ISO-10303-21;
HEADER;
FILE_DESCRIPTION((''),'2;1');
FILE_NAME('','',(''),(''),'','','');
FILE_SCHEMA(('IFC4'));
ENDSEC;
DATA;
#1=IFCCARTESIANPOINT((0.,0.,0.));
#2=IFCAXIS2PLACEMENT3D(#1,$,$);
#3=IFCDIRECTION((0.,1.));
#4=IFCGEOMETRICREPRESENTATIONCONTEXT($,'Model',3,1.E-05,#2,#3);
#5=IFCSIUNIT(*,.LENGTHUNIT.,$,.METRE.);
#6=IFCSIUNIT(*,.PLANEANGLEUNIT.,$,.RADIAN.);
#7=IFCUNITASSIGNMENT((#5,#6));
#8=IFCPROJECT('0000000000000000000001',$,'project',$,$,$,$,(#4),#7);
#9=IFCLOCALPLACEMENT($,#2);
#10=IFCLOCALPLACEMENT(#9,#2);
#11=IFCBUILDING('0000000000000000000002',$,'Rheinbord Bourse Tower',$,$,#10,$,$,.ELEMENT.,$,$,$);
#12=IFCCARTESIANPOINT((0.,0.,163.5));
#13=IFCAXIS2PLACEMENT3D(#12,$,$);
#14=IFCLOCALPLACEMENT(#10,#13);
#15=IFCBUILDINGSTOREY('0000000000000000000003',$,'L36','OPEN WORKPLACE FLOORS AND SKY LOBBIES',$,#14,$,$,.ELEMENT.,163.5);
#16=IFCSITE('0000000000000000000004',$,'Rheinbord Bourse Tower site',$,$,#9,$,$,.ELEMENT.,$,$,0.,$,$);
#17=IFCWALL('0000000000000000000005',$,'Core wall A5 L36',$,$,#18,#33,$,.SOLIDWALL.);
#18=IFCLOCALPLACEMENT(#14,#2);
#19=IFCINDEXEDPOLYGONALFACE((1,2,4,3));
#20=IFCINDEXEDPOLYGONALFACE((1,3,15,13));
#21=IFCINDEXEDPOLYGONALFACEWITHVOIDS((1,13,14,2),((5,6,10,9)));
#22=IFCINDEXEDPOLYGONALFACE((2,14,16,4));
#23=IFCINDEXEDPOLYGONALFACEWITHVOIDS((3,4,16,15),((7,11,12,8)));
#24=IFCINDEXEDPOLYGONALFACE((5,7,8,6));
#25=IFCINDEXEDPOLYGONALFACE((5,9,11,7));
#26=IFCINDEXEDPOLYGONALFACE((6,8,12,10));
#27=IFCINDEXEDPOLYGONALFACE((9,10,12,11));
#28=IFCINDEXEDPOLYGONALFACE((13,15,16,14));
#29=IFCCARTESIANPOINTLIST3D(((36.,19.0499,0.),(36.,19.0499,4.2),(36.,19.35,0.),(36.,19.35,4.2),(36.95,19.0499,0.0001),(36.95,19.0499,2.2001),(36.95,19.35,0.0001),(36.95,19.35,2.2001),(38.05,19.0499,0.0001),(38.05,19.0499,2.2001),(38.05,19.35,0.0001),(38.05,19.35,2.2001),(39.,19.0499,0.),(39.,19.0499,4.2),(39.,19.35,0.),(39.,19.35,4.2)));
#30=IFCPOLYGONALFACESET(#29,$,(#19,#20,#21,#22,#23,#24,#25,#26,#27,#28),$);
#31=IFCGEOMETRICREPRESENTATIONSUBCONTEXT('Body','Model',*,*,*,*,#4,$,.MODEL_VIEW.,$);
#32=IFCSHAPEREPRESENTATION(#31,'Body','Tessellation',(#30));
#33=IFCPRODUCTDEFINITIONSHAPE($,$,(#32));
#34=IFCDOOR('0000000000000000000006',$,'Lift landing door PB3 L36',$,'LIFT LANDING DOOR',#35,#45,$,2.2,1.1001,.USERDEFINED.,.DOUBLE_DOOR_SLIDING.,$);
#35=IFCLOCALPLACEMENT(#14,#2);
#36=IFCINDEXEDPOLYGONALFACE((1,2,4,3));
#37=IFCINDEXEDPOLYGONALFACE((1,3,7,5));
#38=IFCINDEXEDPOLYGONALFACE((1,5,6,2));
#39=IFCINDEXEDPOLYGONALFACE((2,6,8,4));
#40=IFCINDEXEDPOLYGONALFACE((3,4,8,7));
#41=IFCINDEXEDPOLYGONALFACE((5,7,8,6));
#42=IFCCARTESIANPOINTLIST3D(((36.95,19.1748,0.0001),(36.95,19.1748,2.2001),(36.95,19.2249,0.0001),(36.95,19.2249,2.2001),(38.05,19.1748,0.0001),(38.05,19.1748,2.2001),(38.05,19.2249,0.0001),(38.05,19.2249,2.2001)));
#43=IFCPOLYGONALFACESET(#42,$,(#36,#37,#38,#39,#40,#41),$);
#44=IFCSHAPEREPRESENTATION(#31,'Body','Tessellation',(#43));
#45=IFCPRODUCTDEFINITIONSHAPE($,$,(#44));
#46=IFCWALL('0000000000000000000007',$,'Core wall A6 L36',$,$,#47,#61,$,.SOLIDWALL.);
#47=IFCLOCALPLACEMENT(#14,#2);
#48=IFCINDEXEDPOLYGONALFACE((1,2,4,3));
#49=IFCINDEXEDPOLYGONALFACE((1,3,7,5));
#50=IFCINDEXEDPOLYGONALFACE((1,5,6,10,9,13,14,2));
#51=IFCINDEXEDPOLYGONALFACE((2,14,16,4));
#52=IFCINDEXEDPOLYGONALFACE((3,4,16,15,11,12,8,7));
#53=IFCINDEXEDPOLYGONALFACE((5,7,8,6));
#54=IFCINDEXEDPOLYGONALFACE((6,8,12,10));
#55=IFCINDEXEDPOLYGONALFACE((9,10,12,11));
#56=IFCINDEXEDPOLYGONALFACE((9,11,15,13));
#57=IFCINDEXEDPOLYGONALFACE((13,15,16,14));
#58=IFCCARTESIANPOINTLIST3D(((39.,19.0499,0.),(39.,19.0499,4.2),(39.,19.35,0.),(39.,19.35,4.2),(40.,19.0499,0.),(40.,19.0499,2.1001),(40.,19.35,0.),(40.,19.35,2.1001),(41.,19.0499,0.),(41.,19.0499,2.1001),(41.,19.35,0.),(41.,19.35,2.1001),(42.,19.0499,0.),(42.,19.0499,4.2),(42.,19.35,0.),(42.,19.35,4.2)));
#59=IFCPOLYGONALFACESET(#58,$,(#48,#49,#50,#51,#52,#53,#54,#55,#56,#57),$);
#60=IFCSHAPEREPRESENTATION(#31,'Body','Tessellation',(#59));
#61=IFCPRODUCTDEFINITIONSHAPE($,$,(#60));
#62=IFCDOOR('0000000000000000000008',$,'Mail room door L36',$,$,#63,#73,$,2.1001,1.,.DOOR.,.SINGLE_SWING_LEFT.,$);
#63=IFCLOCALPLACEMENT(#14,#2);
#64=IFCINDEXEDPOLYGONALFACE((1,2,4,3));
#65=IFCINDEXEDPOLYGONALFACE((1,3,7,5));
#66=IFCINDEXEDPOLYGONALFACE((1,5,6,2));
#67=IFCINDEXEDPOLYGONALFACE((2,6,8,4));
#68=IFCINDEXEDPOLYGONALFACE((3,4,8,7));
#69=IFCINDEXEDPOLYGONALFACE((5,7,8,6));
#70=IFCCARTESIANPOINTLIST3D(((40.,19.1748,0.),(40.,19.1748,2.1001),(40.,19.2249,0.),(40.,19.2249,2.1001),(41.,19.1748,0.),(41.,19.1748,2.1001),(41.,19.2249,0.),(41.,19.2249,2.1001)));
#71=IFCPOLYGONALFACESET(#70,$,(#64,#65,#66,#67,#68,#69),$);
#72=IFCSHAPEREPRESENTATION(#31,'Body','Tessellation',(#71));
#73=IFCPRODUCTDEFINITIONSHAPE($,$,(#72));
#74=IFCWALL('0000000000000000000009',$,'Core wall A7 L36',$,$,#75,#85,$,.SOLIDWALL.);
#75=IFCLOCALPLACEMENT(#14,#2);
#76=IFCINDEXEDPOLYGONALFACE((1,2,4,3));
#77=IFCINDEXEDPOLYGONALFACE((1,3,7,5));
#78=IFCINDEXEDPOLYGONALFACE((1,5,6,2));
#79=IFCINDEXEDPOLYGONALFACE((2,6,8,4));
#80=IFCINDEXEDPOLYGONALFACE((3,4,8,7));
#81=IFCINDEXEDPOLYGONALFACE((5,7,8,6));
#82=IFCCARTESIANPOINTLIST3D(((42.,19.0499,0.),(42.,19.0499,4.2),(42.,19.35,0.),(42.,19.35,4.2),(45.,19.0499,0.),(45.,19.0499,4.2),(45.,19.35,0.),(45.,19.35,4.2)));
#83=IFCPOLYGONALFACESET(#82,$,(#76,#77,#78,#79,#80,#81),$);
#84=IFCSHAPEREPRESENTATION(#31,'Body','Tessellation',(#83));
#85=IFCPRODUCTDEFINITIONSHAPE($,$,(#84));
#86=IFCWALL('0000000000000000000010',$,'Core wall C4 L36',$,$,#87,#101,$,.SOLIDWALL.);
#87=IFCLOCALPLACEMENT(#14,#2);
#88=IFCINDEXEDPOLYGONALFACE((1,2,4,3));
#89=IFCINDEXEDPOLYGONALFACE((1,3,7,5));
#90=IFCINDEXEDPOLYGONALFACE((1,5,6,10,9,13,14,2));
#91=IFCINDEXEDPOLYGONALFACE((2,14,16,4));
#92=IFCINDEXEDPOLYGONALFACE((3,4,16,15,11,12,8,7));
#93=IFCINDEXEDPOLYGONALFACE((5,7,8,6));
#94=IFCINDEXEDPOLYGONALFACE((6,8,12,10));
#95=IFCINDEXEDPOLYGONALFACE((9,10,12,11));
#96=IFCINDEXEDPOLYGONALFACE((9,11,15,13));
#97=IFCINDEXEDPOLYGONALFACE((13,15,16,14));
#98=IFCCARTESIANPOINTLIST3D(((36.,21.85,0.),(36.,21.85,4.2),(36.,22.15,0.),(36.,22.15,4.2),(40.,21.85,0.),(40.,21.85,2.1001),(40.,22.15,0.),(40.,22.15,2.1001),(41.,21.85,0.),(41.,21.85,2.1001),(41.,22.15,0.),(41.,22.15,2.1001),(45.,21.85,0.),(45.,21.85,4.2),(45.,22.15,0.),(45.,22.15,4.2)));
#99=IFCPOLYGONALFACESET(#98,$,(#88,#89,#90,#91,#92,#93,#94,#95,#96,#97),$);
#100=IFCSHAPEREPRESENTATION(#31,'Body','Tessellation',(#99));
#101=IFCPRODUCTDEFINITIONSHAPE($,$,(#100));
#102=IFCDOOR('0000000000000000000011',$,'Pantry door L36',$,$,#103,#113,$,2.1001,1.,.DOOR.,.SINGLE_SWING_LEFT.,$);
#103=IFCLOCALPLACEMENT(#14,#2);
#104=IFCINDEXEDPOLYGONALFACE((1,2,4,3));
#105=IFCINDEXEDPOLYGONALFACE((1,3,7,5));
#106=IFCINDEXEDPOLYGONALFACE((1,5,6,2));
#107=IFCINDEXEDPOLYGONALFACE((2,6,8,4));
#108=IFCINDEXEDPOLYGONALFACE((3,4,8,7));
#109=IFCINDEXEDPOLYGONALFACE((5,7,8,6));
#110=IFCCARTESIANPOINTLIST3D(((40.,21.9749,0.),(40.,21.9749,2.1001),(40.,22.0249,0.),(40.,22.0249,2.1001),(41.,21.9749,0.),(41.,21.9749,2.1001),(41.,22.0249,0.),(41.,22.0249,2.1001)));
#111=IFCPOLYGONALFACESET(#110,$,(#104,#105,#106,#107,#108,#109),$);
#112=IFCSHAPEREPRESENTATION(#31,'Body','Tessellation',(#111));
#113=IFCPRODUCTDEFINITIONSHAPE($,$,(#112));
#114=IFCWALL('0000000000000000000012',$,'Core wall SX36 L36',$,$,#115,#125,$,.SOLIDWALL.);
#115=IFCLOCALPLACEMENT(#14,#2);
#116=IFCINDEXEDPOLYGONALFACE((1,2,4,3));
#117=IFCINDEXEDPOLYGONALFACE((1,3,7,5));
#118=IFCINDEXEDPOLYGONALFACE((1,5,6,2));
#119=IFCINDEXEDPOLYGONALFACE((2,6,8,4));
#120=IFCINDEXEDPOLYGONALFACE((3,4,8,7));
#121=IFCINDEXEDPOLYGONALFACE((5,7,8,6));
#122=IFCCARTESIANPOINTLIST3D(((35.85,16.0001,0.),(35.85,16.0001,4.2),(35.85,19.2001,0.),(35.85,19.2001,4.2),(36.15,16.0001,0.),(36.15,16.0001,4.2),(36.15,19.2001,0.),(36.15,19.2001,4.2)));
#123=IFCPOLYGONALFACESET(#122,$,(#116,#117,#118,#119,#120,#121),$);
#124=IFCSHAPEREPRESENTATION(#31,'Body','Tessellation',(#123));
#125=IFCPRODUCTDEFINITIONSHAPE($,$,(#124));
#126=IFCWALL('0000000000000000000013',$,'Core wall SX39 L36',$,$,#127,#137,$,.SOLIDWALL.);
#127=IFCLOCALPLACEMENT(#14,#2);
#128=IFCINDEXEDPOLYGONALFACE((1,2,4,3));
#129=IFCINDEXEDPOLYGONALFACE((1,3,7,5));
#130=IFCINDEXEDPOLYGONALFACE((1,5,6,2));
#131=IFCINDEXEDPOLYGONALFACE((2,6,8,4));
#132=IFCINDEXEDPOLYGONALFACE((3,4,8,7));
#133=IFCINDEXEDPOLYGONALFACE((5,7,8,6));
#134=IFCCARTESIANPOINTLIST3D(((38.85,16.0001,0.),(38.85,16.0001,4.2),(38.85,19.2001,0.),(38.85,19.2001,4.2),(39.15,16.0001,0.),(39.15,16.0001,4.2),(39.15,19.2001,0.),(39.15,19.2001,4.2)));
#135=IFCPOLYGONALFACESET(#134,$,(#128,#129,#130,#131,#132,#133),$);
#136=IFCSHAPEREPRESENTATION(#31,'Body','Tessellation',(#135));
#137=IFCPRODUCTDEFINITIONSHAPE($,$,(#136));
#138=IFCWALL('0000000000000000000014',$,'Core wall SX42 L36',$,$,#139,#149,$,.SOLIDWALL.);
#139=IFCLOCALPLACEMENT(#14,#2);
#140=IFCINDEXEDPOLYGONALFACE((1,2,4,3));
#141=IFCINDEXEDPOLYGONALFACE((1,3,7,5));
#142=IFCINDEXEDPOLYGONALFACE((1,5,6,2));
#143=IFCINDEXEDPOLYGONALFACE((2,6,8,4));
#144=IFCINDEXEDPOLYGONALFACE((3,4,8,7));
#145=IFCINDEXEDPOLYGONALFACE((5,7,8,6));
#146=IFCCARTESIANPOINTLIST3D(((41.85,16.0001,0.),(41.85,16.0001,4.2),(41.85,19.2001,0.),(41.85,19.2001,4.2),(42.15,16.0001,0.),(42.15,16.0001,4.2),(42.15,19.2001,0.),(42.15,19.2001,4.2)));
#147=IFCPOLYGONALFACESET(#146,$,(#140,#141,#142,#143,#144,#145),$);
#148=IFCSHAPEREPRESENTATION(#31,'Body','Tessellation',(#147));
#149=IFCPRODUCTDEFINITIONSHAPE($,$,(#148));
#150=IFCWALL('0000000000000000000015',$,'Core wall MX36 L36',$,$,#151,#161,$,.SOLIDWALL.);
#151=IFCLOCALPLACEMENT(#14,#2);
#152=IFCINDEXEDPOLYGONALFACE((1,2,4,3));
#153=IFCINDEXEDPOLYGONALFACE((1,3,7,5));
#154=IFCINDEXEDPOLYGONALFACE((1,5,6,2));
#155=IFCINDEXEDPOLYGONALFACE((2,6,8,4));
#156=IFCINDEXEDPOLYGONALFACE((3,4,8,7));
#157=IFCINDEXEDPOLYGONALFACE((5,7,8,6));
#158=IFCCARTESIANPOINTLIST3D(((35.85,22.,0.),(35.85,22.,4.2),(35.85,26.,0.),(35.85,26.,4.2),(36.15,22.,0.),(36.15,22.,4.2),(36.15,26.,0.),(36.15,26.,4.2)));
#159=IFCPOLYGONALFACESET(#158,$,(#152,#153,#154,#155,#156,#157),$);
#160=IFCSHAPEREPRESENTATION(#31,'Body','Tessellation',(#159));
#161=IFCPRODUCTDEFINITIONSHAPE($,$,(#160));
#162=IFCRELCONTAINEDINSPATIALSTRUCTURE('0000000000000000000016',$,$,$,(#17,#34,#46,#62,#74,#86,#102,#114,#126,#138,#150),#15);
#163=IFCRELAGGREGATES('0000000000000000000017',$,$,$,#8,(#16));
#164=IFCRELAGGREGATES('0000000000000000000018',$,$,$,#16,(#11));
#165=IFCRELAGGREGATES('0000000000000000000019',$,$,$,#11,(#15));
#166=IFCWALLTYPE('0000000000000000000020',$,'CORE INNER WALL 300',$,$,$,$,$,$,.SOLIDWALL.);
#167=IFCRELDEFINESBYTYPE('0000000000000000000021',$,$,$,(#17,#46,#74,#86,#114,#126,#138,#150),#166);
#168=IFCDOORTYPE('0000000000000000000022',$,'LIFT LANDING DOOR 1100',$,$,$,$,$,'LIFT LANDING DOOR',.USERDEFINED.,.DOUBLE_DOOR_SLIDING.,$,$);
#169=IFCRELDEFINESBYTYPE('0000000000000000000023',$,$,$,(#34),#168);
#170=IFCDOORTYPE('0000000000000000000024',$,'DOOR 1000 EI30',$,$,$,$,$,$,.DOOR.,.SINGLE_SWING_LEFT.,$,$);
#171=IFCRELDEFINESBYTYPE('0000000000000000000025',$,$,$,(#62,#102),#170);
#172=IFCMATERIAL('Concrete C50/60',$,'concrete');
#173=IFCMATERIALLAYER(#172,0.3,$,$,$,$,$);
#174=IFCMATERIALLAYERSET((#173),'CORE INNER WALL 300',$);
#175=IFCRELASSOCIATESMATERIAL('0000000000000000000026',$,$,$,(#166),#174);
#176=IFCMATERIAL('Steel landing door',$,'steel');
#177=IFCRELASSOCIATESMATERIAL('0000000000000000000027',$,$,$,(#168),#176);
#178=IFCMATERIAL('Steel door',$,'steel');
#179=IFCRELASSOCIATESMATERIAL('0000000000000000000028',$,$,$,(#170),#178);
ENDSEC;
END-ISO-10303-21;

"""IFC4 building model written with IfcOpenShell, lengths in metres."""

from ifc_helpers import new_model, si_unit, direction, frame, frame_2d, origin, place, context, subcontext, project, spatial, rectangle, extrude, material, layer, layer_set, type_object, element, fill, save


model = new_model("IFC4")

# Units and contexts
model_context = context("Model", 3, precision=1e-05, world=origin(), true_north=direction((0.0, 1.0)))
body_context = subcontext(model_context, "Body", "Model", "MODEL_VIEW")
ifc_project = project(units=[si_unit("LENGTHUNIT", "METRE"), si_unit("PLANEANGLEUNIT", "RADIAN")], contexts=[model_context])

# Site, building, storey
site_placement = place(None, origin())
site = spatial("IfcSite", under=ifc_project, at=site_placement, Name="Rheinbord Bourse Tower site", CompositionType="ELEMENT", RefElevation=0.0)
building_placement = place(site_placement, origin())
building = spatial("IfcBuilding", under=site, at=building_placement, Name="Rheinbord Bourse Tower", CompositionType="ELEMENT")
storey_placement = place(building_placement, frame((0.0, 0.0, 163.5)))
storey = spatial("IfcBuildingStorey", under=building, at=storey_placement, Name="L36", Description="OPEN WORKPLACE FLOORS AND SKY LOBBIES", CompositionType="ELEMENT", Elevation=163.5)

# Walls, openings, doors
ifc_material_1 = material(Name="Concrete C50/60", Category="concrete")
ifc_layer_1 = layer(ifc_material_1, 0.3)
ifc_layer_set_1 = layer_set([ifc_layer_1], Name="CORE INNER WALL 300")
wall_type_1 = type_object("IfcWallType", Name="CORE INNER WALL 300", PredefinedType="SOLIDWALL", material=ifc_layer_set_1)
wall_1_placement = place(storey_placement, frame((36.0, 19.2, 0.0), z_axis=(0.0, 0.0, 1.0), x_axis=(1.0, 0.0, 0.0)))
wall_1 = element("IfcWall", 1, at=wall_1_placement, inside=storey, type_object=wall_type_1, Name="Core wall A5 L36", PredefinedType="SOLIDWALL", context=body_context, shape_type="SweptSolid", body=[
    extrude(rectangle(XDim=3.0, YDim=0.3, at=frame_2d((1.5, 0.0))), origin(), (0.0, 0.0, 1.0), 4.2),
])
opening_1_placement = place(wall_1_placement, frame((0.95, 0.0, 0.0)))
opening_1 = element("IfcOpeningElement", 2, at=opening_1_placement, cuts=wall_1, PredefinedType="OPENING", context=body_context, shape_type="SweptSolid", body=[
    extrude(rectangle(XDim=1.1001, YDim=2.2, at=frame_2d((0.55, 1.1001))), frame((0.0, 0.1599, 0.0), z_axis=(0.0, -1.0, 0.0), x_axis=(1.0, 0.0, 0.0)), (0.0, 0.0, 1.0), 0.3201),
])
ifc_material_2 = material(Name="Steel landing door", Category="steel")
door_type_1 = type_object("IfcDoorType", Name="LIFT LANDING DOOR 1100", ElementType="LIFT LANDING DOOR", OperationType="DOUBLE_DOOR_SLIDING", PredefinedType="USERDEFINED", material=ifc_material_2)
door_1_placement = place(opening_1_placement, origin())
door_1 = element("IfcDoor", 3, at=door_1_placement, inside=storey, type_object=door_type_1, Name="Lift landing door PB3 L36", ObjectType="LIFT LANDING DOOR", OperationType="DOUBLE_DOOR_SLIDING", OverallHeight=2.2, OverallWidth=1.1001, PredefinedType="USERDEFINED", context=body_context, shape_type="SweptSolid", body=[
    extrude(rectangle(XDim=1.1001, YDim=2.2, at=frame_2d((0.55, 1.1001))), frame((0.0, 0.0249, 0.0), z_axis=(0.0, -1.0, 0.0), x_axis=(1.0, 0.0, 0.0)), (0.0, 0.0, 1.0), 0.05),
])
fill(opening_1, door_1)
wall_2_placement = place(storey_placement, frame((39.0, 19.2, 0.0), z_axis=(0.0, 0.0, 1.0), x_axis=(1.0, 0.0, 0.0)))
wall_2 = element("IfcWall", 4, at=wall_2_placement, inside=storey, type_object=wall_type_1, Name="Core wall A6 L36", PredefinedType="SOLIDWALL", context=body_context, shape_type="SweptSolid", body=[
    extrude(rectangle(XDim=3.0, YDim=0.3, at=frame_2d((1.5, 0.0))), origin(), (0.0, 0.0, 1.0), 4.2),
])
opening_2_placement = place(wall_2_placement, frame((1.0, 0.0, 0.0)))
opening_2 = element("IfcOpeningElement", 5, at=opening_2_placement, cuts=wall_2, PredefinedType="OPENING", context=body_context, shape_type="SweptSolid", body=[
    extrude(rectangle(XDim=1.0, YDim=2.1001, at=frame_2d((0.5, 1.05))), frame((0.0, 0.1599, 0.0), z_axis=(0.0, -1.0, 0.0), x_axis=(1.0, 0.0, 0.0)), (0.0, 0.0, 1.0), 0.3201),
])
ifc_material_3 = material(Name="Steel door", Category="steel")
door_type_2 = type_object("IfcDoorType", Name="DOOR 1000 EI30", OperationType="SINGLE_SWING_LEFT", PredefinedType="DOOR", material=ifc_material_3)
door_2_placement = place(opening_2_placement, origin())
door_2 = element("IfcDoor", 6, at=door_2_placement, inside=storey, type_object=door_type_2, Name="Mail room door L36", OperationType="SINGLE_SWING_LEFT", OverallHeight=2.1001, OverallWidth=1.0, PredefinedType="DOOR", context=body_context, shape_type="SweptSolid", body=[
    extrude(rectangle(XDim=1.0, YDim=2.1001, at=frame_2d((0.5, 1.05))), frame((0.0, 0.0249, 0.0), z_axis=(0.0, -1.0, 0.0), x_axis=(1.0, 0.0, 0.0)), (0.0, 0.0, 1.0), 0.05),
])
fill(opening_2, door_2)

# Wall
wall_3_placement = place(storey_placement, frame((42.0, 19.2, 0.0), z_axis=(0.0, 0.0, 1.0), x_axis=(1.0, 0.0, 0.0)))
element("IfcWall", 7, at=wall_3_placement, inside=storey, type_object=wall_type_1, Name="Core wall A7 L36", PredefinedType="SOLIDWALL", context=body_context, shape_type="SweptSolid", body=[
    extrude(rectangle(XDim=3.0, YDim=0.3, at=frame_2d((1.5, 0.0))), origin(), (0.0, 0.0, 1.0), 4.2),
])

# Wall, opening, door
wall_4_placement = place(storey_placement, frame((36.0, 22.0, 0.0), z_axis=(0.0, 0.0, 1.0), x_axis=(1.0, 0.0, 0.0)))
wall_4 = element("IfcWall", 8, at=wall_4_placement, inside=storey, type_object=wall_type_1, Name="Core wall C4 L36", PredefinedType="SOLIDWALL", context=body_context, shape_type="SweptSolid", body=[
    extrude(rectangle(XDim=9.0, YDim=0.3, at=frame_2d((4.5, 0.0))), origin(), (0.0, 0.0, 1.0), 4.2),
])
opening_3_placement = place(wall_4_placement, frame((4.0, 0.0, 0.0)))
opening_3 = element("IfcOpeningElement", 9, at=opening_3_placement, cuts=wall_4, PredefinedType="OPENING", context=body_context, shape_type="SweptSolid", body=[
    extrude(rectangle(XDim=1.0, YDim=2.1001, at=frame_2d((0.5, 1.05))), frame((0.0, 0.1599, 0.0), z_axis=(0.0, -1.0, 0.0), x_axis=(1.0, 0.0, 0.0)), (0.0, 0.0, 1.0), 0.3201),
])
door_3_placement = place(opening_3_placement, origin())
door_3 = element("IfcDoor", 10, at=door_3_placement, inside=storey, type_object=door_type_2, Name="Pantry door L36", OperationType="SINGLE_SWING_LEFT", OverallHeight=2.1001, OverallWidth=1.0, PredefinedType="DOOR", context=body_context, shape_type="SweptSolid", body=[
    extrude(rectangle(XDim=1.0, YDim=2.1001, at=frame_2d((0.5, 1.05))), frame((0.0, 0.0249, 0.0), z_axis=(0.0, -1.0, 0.0), x_axis=(1.0, 0.0, 0.0)), (0.0, 0.0, 1.0), 0.05),
])
fill(opening_3, door_3)

# Walls
for number, where, z_axis, x_axis, name in (
    (11, (36.0, 16.0, 0.0), (0.0, 0.0, 1.0), (0.0, 1.0, 0.0), "Core wall SX36 L36"),
    (12, (39.0, 16.0, 0.0), (0.0, 0.0, 1.0), (0.0, 1.0, 0.0), "Core wall SX39 L36"),
    (13, (42.0, 16.0, 0.0), (0.0, 0.0, 1.0), (0.0, 1.0, 0.0), "Core wall SX42 L36"),
):
    element("IfcWall", number, at=place(storey_placement, frame(where, z_axis=z_axis, x_axis=x_axis)), inside=storey, type_object=wall_type_1, Name=name, PredefinedType="SOLIDWALL", context=body_context, shape_type="SweptSolid", body=[
        extrude(rectangle(XDim=3.2, YDim=0.3, at=frame_2d((1.6001, 0.0))), origin(), (0.0, 0.0, 1.0), 4.2),
    ])
wall_5_placement = place(storey_placement, frame((36.0, 22.0, 0.0), z_axis=(0.0, 0.0, 1.0), x_axis=(0.0, 1.0, 0.0)))
element("IfcWall", 14, at=wall_5_placement, inside=storey, type_object=wall_type_1, Name="Core wall MX36 L36", PredefinedType="SOLIDWALL", context=body_context, shape_type="SweptSolid", body=[
    extrude(rectangle(XDim=4.0, YDim=0.3, at=frame_2d((2.0, 0.0))), origin(), (0.0, 0.0, 1.0), 4.2),
])

save(model, "model.ifc")
